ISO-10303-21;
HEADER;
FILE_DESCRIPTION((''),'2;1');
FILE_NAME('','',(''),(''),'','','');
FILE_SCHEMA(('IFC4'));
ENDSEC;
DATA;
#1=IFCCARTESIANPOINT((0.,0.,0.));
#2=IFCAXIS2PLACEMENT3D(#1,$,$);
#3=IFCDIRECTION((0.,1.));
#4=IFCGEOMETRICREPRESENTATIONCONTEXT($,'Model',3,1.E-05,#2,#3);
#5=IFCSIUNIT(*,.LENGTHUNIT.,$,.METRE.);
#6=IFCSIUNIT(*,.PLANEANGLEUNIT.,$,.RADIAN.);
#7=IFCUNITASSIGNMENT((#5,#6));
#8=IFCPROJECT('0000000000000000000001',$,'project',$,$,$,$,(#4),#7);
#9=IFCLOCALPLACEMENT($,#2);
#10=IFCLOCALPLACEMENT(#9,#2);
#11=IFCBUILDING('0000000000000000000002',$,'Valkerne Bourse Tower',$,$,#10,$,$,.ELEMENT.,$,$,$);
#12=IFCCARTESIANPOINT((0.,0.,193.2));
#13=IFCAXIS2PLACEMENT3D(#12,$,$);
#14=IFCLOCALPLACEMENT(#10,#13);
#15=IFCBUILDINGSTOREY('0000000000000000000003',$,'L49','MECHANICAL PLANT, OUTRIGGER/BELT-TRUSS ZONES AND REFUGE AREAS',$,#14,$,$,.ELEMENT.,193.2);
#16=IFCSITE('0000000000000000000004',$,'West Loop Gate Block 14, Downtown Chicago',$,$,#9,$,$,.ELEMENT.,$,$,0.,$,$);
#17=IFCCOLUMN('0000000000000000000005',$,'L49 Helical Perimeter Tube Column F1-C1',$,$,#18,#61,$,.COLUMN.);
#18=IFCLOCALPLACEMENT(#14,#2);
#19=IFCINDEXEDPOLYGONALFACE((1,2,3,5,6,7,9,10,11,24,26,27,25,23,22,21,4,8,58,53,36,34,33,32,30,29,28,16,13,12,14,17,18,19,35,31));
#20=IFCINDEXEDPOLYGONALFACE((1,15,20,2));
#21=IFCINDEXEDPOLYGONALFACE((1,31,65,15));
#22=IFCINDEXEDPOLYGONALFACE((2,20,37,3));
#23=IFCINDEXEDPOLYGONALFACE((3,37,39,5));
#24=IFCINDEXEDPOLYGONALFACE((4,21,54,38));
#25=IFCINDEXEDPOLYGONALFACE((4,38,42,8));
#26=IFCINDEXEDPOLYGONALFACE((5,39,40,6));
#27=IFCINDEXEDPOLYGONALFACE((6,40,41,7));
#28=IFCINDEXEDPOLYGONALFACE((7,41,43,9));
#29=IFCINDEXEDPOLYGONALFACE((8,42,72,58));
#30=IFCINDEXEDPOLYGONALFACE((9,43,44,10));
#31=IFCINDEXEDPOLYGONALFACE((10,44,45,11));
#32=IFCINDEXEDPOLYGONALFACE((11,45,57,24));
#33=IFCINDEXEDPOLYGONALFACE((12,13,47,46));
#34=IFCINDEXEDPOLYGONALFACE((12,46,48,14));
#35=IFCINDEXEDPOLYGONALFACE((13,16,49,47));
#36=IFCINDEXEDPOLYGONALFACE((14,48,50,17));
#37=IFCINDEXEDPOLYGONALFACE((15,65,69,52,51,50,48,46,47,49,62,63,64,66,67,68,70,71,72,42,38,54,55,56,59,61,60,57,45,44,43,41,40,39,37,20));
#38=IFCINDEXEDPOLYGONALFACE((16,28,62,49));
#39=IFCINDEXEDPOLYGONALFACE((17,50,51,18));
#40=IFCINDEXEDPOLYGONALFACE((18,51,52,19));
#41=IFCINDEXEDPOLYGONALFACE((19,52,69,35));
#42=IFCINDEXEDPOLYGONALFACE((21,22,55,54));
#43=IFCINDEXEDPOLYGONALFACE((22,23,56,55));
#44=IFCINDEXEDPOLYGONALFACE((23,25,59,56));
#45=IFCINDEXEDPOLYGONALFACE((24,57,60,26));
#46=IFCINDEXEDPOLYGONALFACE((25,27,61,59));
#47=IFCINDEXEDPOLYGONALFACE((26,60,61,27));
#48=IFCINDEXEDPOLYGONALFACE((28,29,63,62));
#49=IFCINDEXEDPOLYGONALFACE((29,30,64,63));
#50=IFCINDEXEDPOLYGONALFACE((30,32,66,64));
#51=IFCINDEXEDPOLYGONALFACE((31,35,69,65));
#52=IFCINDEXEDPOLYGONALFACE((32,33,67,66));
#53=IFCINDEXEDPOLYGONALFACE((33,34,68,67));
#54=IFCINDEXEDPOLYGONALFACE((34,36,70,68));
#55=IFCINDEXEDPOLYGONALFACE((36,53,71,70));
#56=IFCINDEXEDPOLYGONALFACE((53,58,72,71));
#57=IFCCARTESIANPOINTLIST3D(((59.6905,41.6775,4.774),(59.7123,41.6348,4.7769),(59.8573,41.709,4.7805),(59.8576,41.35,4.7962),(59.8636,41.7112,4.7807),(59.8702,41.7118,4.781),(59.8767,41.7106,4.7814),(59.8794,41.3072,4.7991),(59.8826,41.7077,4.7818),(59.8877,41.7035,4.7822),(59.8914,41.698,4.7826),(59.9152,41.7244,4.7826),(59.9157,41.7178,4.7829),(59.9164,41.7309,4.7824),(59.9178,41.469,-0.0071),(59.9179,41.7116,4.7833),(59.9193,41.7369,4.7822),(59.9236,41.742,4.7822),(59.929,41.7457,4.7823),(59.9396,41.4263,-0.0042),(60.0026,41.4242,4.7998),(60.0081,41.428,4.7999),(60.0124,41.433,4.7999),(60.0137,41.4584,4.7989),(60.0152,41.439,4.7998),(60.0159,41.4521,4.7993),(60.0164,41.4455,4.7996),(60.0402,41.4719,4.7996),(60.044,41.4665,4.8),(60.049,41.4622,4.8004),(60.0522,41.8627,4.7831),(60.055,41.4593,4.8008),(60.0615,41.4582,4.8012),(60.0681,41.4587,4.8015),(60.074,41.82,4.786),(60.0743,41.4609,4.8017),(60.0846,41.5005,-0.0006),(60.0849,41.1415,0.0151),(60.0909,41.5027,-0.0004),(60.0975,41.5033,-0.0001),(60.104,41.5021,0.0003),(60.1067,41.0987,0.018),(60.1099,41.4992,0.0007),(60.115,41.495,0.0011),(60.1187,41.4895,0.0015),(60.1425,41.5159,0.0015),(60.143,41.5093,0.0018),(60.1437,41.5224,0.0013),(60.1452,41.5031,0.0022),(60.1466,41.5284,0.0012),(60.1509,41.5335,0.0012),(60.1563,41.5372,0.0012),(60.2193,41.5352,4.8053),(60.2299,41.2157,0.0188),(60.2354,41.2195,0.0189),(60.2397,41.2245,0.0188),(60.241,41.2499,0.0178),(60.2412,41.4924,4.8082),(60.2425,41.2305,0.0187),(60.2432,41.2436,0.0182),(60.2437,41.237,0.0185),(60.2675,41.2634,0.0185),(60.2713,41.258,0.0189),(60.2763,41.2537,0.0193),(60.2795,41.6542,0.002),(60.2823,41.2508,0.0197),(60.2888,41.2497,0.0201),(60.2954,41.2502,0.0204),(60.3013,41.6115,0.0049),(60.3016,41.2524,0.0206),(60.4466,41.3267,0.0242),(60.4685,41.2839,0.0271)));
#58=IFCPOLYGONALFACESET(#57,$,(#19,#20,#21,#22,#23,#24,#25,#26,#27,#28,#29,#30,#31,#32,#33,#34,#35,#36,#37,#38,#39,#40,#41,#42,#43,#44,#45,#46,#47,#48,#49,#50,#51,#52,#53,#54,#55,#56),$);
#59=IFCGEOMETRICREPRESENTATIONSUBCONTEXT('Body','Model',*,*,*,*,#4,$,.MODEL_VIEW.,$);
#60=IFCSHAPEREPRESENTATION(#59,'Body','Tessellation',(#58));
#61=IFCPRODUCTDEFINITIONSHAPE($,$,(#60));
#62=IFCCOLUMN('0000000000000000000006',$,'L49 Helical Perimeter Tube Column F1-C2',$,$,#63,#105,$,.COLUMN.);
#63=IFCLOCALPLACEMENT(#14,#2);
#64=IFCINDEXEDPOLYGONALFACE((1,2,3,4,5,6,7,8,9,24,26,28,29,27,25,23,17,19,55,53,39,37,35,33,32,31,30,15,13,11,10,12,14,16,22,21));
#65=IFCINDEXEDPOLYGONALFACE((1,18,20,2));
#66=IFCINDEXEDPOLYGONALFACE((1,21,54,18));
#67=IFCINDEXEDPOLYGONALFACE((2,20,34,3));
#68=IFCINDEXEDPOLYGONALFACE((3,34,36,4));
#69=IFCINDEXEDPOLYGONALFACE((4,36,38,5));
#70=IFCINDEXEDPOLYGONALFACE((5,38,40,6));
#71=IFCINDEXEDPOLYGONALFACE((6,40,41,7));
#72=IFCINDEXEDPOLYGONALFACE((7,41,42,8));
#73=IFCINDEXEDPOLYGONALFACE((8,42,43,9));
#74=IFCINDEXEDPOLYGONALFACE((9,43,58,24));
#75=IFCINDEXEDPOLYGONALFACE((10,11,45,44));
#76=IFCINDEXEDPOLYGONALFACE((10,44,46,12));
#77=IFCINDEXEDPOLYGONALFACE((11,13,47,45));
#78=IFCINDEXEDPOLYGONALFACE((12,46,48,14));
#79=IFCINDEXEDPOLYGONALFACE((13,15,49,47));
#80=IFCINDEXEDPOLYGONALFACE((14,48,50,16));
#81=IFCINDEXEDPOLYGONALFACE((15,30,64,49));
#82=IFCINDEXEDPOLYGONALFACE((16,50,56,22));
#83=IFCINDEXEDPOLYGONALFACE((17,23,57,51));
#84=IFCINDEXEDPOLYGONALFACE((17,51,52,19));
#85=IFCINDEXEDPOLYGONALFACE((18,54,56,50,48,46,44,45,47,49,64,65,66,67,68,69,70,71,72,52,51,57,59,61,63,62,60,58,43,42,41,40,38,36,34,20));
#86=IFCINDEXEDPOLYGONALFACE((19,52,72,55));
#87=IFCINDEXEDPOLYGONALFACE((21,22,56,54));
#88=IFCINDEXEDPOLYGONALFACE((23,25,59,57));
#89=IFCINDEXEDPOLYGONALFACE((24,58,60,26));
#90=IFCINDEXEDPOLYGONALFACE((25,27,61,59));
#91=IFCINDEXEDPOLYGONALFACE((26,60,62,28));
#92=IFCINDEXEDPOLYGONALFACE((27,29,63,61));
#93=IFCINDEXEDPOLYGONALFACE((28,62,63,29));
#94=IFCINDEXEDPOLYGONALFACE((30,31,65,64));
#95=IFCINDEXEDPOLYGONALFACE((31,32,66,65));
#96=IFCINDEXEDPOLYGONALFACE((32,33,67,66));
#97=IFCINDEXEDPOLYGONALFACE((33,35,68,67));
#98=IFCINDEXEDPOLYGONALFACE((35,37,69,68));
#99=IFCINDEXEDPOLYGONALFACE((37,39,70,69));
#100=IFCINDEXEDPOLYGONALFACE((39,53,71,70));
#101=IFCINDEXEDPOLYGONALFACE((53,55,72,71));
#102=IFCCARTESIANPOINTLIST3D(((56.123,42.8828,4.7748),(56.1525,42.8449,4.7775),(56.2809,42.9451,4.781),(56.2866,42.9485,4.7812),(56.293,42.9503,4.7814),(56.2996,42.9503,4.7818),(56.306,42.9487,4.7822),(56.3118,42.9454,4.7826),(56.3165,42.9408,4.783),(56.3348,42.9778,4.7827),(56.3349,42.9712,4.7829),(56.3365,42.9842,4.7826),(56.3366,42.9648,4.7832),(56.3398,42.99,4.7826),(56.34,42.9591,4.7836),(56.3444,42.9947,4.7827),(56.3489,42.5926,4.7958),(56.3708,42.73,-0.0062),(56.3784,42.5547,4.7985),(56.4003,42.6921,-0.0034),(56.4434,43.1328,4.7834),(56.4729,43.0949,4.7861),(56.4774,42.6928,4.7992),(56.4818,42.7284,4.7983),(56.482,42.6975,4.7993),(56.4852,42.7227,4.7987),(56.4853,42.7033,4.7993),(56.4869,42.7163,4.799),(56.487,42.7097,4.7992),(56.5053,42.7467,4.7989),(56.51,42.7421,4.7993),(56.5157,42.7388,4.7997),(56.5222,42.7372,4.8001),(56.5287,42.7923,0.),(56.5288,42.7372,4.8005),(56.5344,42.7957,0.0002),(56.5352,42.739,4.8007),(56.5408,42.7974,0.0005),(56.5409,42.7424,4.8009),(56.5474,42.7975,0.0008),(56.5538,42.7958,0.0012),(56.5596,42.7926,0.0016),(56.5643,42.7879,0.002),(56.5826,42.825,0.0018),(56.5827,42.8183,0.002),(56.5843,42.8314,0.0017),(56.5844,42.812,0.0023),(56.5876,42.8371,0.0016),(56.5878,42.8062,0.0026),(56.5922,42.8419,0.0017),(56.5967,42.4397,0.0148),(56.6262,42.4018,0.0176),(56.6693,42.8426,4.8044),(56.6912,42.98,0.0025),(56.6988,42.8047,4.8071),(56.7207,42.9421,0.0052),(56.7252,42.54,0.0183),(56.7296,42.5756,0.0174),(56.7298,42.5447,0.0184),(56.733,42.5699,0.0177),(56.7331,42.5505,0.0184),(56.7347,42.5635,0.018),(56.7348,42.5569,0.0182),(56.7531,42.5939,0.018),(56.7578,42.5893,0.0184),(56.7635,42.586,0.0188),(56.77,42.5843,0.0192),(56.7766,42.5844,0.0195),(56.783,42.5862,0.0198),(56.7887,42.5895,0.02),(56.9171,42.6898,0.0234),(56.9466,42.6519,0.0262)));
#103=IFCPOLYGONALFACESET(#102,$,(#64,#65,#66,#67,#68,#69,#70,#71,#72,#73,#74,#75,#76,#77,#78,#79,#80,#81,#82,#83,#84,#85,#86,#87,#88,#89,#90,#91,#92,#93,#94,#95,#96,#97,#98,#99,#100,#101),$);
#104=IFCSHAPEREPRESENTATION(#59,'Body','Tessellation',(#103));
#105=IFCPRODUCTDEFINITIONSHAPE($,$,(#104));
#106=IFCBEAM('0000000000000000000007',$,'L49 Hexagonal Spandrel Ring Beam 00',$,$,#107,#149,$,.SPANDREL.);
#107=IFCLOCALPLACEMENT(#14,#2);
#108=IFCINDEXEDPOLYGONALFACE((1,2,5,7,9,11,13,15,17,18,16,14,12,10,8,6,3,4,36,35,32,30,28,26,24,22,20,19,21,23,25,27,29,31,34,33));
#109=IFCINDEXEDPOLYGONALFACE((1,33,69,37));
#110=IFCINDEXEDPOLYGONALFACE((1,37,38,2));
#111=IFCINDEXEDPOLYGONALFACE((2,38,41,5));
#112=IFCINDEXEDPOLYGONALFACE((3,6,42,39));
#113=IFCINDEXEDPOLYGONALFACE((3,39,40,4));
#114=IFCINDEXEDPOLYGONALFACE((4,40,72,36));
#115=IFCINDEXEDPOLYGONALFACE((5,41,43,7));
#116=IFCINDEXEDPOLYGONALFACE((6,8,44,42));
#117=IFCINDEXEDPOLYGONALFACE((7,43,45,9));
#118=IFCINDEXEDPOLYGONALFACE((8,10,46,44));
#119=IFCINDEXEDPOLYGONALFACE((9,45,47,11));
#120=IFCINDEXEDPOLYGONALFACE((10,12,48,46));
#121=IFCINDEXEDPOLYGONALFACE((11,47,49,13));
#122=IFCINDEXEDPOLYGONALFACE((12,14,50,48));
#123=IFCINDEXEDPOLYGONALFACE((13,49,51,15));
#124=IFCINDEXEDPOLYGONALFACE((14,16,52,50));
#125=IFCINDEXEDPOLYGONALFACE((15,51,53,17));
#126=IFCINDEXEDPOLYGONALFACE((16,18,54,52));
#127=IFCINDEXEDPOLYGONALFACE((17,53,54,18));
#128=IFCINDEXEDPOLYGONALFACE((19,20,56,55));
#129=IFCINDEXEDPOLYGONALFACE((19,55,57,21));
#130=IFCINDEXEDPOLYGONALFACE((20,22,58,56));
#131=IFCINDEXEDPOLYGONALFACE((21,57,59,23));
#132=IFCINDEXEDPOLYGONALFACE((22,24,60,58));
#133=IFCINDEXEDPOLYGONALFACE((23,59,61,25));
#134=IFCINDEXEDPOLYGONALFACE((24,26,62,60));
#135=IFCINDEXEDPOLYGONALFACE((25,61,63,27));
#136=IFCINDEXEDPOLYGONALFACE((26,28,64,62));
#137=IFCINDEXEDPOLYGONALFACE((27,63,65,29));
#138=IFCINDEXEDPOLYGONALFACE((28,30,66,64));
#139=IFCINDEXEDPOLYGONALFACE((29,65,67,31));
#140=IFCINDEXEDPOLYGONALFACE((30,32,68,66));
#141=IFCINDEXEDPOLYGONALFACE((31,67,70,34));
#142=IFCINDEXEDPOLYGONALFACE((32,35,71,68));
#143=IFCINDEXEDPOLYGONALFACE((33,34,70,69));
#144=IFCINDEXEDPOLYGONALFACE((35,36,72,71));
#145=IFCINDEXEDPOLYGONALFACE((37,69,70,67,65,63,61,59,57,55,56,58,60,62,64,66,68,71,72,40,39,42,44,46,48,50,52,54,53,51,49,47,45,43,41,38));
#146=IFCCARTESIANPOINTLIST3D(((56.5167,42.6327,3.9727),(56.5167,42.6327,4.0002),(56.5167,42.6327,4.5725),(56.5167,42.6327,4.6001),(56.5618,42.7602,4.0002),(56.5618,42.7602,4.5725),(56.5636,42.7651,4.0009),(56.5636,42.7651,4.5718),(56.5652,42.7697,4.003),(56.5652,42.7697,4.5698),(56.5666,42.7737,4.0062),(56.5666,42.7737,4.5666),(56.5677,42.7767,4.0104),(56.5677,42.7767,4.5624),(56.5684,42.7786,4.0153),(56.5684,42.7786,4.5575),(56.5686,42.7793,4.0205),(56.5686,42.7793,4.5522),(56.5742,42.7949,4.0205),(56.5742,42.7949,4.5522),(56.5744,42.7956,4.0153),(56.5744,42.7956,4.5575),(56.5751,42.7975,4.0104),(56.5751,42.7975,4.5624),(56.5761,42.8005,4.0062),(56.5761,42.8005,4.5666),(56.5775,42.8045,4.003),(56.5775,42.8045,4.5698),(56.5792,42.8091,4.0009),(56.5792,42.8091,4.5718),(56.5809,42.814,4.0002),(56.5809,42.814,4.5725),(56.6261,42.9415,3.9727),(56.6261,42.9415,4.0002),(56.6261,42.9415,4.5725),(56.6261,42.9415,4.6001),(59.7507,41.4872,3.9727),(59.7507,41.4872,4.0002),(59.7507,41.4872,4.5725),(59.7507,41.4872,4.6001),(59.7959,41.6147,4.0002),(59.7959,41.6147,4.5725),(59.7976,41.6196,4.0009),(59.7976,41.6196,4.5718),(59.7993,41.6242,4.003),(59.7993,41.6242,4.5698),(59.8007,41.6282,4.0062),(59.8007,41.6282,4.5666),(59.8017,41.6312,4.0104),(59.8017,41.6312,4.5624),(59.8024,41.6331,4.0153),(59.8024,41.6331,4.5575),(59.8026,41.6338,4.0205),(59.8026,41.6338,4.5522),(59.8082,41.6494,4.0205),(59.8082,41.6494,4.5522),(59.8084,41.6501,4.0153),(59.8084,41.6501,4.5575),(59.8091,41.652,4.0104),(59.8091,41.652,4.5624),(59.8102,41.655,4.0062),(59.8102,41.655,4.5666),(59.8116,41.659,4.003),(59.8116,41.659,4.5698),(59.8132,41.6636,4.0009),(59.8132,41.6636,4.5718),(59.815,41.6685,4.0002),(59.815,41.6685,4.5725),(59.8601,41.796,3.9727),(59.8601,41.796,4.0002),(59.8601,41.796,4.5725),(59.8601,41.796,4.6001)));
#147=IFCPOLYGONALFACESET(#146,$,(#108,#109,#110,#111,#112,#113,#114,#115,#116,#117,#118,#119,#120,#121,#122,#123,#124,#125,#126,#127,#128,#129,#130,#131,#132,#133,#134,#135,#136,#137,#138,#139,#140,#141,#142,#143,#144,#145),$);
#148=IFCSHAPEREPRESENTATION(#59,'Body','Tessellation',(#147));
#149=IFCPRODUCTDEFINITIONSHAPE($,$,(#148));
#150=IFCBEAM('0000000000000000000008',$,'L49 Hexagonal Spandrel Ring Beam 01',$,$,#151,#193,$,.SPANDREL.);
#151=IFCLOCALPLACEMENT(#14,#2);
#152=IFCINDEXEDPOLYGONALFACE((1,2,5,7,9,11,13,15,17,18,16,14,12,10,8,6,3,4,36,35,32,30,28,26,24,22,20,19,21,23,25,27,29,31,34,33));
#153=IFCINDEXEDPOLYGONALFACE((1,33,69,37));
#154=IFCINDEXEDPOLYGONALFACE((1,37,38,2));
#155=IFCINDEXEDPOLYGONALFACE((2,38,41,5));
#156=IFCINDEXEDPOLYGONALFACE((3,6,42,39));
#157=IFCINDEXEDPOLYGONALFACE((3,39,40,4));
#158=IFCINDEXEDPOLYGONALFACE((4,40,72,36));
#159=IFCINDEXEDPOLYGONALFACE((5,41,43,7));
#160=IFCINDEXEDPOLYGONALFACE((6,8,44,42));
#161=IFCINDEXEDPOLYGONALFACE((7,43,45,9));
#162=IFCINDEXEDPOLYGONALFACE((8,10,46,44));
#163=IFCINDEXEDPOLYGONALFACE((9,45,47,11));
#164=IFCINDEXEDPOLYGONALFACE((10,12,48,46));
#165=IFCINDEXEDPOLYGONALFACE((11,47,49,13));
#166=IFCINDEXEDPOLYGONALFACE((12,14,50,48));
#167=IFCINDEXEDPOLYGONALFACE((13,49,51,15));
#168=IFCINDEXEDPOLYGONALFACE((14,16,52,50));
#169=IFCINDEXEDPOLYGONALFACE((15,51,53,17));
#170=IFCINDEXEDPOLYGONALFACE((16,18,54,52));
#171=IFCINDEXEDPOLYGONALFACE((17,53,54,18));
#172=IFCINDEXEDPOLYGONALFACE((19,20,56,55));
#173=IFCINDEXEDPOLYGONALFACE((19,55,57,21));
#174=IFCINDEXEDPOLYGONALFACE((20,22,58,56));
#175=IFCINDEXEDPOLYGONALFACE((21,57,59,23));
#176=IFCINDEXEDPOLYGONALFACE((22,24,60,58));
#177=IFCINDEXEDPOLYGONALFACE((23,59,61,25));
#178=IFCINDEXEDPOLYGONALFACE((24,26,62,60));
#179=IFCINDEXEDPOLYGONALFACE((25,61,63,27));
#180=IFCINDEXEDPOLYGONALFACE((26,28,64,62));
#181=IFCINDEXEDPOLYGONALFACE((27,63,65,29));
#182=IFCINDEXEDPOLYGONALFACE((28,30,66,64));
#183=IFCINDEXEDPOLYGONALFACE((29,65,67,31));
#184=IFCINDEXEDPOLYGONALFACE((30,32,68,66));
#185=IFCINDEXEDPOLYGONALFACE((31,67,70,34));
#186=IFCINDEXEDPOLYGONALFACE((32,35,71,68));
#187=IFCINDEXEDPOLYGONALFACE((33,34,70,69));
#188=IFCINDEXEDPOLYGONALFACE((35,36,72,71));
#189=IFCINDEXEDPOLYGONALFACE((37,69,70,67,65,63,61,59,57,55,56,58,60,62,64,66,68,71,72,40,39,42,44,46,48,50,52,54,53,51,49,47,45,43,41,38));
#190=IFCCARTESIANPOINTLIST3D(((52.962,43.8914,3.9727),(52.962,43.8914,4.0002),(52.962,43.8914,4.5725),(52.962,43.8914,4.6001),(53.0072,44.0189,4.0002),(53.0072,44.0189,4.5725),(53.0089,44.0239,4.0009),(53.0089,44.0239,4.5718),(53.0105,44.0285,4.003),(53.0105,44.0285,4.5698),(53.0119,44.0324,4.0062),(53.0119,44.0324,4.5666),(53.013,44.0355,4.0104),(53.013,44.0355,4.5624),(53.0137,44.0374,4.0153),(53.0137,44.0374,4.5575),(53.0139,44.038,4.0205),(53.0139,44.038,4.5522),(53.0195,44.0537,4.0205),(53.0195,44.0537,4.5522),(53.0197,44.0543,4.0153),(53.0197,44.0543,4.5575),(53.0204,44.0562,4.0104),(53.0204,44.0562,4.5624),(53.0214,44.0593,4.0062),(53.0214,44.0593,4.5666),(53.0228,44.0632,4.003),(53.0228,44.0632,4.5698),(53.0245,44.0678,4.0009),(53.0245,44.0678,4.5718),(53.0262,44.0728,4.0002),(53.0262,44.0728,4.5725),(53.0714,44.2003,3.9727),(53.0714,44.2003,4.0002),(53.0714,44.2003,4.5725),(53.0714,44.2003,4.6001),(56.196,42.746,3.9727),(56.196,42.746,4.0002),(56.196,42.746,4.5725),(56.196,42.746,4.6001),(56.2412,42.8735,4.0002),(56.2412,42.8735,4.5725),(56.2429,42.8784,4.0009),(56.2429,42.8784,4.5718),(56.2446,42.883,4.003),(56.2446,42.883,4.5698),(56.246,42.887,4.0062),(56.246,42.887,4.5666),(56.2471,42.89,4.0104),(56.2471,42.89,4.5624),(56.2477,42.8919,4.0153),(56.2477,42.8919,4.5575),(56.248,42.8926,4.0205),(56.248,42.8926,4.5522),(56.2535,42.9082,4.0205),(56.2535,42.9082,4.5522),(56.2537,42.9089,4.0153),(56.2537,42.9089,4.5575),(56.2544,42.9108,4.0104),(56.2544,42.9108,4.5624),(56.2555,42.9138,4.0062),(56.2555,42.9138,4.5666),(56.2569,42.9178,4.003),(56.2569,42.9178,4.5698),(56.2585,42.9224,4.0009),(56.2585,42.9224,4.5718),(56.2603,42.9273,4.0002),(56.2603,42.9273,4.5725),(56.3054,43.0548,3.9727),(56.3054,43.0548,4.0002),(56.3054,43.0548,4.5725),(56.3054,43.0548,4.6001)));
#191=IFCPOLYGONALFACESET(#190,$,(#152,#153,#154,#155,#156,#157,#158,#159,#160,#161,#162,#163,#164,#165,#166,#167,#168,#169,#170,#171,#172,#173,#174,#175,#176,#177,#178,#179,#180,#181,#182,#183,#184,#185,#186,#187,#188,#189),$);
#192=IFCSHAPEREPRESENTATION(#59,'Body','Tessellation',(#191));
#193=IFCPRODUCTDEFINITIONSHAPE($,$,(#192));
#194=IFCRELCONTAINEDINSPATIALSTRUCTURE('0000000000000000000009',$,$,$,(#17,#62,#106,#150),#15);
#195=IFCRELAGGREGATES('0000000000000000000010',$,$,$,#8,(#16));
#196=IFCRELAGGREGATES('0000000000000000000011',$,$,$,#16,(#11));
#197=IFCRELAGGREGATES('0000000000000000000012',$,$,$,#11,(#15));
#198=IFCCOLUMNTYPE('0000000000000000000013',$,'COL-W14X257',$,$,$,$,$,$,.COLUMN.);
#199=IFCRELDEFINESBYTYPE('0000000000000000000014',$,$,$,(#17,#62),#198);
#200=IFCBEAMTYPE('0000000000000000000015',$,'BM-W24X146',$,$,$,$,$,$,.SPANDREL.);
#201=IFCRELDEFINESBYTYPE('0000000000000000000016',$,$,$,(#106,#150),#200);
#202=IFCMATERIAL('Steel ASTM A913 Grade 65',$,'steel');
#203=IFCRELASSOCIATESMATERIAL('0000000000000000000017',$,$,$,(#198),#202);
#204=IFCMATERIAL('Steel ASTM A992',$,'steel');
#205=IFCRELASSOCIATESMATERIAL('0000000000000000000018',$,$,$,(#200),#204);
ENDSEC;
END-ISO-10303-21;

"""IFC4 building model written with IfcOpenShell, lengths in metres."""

from ifc_helpers import new_model, si_unit, direction, frame, origin, origin_2d, place, context, subcontext, project, spatial, i_section, extrude, material, material_profile, profile_set, type_object, element, save


model = new_model("IFC4")

# Units and contexts
model_context = context("Model", 3, precision=1e-05, world=origin(), true_north=direction((0.0, 1.0)))
body_context = subcontext(model_context, "Body", "Model", "MODEL_VIEW")
ifc_project = project(units=[si_unit("LENGTHUNIT", "METRE"), si_unit("PLANEANGLEUNIT", "RADIAN")], contexts=[model_context])

# Site, building, storey
site_placement = place(None, origin())
site = spatial("IfcSite", under=ifc_project, at=site_placement, Name="West Loop Gate Block 14, Downtown Chicago", CompositionType="ELEMENT", RefElevation=0.0)
building_placement = place(site_placement, origin())
building = spatial("IfcBuilding", under=site, at=building_placement, Name="Valkerne Bourse Tower", CompositionType="ELEMENT")
storey_placement = place(building_placement, frame((0.0, 0.0, 193.2)))
storey = spatial("IfcBuildingStorey", under=building, at=storey_placement, Name="L49", Description="MECHANICAL PLANT, OUTRIGGER/BELT-TRUSS ZONES AND REFUGE AREAS", CompositionType="ELEMENT", Elevation=193.2)

# Columns
ifc_material_1 = material(Name="Steel ASTM A913 Grade 65", Category="steel")
ifc_material_profile_1 = material_profile(ifc_material_1, i_section(OverallWidth=0.4065, OverallDepth=0.4165, WebThickness=0.0298, FlangeThickness=0.0481, FilletRadius=0.0254, at=origin_2d()), Name="W14X257")
ifc_profile_set_1 = profile_set([ifc_material_profile_1], Name="Steel ASTM A913 Grade 65")
column_type = type_object("IfcColumnType", Name="COL-W14X257", PredefinedType="COLUMN", material=ifc_profile_set_1)
column_1_placement = place(storey_placement, frame((60.1931, 41.3765, 0.01), z_axis=(-0.047443, 0.043519, 0.997926), x_axis=(0.889918, 0.455568, 0.022441)))
element("IfcColumn", 1, at=column_1_placement, inside=storey, type_object=column_type, Name="L49 Helical Perimeter Tube Column F1-C1", PredefinedType="COLUMN", context=body_context, shape_type="SweptSolid", body=[
    extrude(i_section(OverallWidth=0.4065, OverallDepth=0.4165, WebThickness=0.0298, FlangeThickness=0.0481, FilletRadius=0.0254, at=origin_2d()), origin(), (0.0, 0.0, 1.0), 4.791),
])
column_2_placement = place(storey_placement, frame((56.6587, 42.6909, 0.01), z_axis=(-0.051735, 0.031907, 0.998151), x_axis=(0.788151, 0.615117, 0.021187)))
element("IfcColumn", 2, at=column_2_placement, inside=storey, type_object=column_type, Name="L49 Helical Perimeter Tube Column F1-C2", PredefinedType="COLUMN", context=body_context, shape_type="SweptSolid", body=[
    extrude(i_section(OverallWidth=0.4065, OverallDepth=0.4165, WebThickness=0.0298, FlangeThickness=0.0481, FilletRadius=0.0254, at=origin_2d()), origin(), (0.0, 0.0, 1.0), 4.7898),
])

# Beams
ifc_material_2 = material(Name="Steel ASTM A992", Category="steel")
ifc_material_profile_2 = material_profile(ifc_material_2, i_section(OverallWidth=0.3276, OverallDepth=0.6274, WebThickness=0.0166, FlangeThickness=0.0276, FilletRadius=0.0203, at=origin_2d()), Name="W24X146")
ifc_profile_set_2 = profile_set([ifc_material_profile_2], Name="Steel ASTM A992")
beam_type_1 = type_object("IfcBeamType", Name="BM-W24X146", PredefinedType="SPANDREL", material=ifc_profile_set_2)
for number, where, z_axis, x_axis, name in (
    (3, (59.8054, 41.6416, 4.2864), (-0.942619, 0.33387, 0.0), (-0.33387, -0.942619, 0.0), "L49 Hexagonal Spandrel Ring Beam 00"),
    (4, (56.2507, 42.9004, 4.2864), (-0.942619, 0.33387, 0.0), (-0.33387, -0.942619, 0.0), "L49 Hexagonal Spandrel Ring Beam 01"),
):
    element("IfcBeam", number, at=place(storey_placement, frame(where, z_axis=z_axis, x_axis=x_axis)), inside=storey, type_object=beam_type_1, Name=name, PredefinedType="SPANDREL", context=body_context, shape_type="SweptSolid", body=[
        extrude(i_section(OverallWidth=0.3276, OverallDepth=0.6274, WebThickness=0.0166, FlangeThickness=0.0276, FilletRadius=0.0203, at=origin_2d()), origin(), (0.0, 0.0, 1.0), 3.4309),
    ])

save(model, "model.ifc")
